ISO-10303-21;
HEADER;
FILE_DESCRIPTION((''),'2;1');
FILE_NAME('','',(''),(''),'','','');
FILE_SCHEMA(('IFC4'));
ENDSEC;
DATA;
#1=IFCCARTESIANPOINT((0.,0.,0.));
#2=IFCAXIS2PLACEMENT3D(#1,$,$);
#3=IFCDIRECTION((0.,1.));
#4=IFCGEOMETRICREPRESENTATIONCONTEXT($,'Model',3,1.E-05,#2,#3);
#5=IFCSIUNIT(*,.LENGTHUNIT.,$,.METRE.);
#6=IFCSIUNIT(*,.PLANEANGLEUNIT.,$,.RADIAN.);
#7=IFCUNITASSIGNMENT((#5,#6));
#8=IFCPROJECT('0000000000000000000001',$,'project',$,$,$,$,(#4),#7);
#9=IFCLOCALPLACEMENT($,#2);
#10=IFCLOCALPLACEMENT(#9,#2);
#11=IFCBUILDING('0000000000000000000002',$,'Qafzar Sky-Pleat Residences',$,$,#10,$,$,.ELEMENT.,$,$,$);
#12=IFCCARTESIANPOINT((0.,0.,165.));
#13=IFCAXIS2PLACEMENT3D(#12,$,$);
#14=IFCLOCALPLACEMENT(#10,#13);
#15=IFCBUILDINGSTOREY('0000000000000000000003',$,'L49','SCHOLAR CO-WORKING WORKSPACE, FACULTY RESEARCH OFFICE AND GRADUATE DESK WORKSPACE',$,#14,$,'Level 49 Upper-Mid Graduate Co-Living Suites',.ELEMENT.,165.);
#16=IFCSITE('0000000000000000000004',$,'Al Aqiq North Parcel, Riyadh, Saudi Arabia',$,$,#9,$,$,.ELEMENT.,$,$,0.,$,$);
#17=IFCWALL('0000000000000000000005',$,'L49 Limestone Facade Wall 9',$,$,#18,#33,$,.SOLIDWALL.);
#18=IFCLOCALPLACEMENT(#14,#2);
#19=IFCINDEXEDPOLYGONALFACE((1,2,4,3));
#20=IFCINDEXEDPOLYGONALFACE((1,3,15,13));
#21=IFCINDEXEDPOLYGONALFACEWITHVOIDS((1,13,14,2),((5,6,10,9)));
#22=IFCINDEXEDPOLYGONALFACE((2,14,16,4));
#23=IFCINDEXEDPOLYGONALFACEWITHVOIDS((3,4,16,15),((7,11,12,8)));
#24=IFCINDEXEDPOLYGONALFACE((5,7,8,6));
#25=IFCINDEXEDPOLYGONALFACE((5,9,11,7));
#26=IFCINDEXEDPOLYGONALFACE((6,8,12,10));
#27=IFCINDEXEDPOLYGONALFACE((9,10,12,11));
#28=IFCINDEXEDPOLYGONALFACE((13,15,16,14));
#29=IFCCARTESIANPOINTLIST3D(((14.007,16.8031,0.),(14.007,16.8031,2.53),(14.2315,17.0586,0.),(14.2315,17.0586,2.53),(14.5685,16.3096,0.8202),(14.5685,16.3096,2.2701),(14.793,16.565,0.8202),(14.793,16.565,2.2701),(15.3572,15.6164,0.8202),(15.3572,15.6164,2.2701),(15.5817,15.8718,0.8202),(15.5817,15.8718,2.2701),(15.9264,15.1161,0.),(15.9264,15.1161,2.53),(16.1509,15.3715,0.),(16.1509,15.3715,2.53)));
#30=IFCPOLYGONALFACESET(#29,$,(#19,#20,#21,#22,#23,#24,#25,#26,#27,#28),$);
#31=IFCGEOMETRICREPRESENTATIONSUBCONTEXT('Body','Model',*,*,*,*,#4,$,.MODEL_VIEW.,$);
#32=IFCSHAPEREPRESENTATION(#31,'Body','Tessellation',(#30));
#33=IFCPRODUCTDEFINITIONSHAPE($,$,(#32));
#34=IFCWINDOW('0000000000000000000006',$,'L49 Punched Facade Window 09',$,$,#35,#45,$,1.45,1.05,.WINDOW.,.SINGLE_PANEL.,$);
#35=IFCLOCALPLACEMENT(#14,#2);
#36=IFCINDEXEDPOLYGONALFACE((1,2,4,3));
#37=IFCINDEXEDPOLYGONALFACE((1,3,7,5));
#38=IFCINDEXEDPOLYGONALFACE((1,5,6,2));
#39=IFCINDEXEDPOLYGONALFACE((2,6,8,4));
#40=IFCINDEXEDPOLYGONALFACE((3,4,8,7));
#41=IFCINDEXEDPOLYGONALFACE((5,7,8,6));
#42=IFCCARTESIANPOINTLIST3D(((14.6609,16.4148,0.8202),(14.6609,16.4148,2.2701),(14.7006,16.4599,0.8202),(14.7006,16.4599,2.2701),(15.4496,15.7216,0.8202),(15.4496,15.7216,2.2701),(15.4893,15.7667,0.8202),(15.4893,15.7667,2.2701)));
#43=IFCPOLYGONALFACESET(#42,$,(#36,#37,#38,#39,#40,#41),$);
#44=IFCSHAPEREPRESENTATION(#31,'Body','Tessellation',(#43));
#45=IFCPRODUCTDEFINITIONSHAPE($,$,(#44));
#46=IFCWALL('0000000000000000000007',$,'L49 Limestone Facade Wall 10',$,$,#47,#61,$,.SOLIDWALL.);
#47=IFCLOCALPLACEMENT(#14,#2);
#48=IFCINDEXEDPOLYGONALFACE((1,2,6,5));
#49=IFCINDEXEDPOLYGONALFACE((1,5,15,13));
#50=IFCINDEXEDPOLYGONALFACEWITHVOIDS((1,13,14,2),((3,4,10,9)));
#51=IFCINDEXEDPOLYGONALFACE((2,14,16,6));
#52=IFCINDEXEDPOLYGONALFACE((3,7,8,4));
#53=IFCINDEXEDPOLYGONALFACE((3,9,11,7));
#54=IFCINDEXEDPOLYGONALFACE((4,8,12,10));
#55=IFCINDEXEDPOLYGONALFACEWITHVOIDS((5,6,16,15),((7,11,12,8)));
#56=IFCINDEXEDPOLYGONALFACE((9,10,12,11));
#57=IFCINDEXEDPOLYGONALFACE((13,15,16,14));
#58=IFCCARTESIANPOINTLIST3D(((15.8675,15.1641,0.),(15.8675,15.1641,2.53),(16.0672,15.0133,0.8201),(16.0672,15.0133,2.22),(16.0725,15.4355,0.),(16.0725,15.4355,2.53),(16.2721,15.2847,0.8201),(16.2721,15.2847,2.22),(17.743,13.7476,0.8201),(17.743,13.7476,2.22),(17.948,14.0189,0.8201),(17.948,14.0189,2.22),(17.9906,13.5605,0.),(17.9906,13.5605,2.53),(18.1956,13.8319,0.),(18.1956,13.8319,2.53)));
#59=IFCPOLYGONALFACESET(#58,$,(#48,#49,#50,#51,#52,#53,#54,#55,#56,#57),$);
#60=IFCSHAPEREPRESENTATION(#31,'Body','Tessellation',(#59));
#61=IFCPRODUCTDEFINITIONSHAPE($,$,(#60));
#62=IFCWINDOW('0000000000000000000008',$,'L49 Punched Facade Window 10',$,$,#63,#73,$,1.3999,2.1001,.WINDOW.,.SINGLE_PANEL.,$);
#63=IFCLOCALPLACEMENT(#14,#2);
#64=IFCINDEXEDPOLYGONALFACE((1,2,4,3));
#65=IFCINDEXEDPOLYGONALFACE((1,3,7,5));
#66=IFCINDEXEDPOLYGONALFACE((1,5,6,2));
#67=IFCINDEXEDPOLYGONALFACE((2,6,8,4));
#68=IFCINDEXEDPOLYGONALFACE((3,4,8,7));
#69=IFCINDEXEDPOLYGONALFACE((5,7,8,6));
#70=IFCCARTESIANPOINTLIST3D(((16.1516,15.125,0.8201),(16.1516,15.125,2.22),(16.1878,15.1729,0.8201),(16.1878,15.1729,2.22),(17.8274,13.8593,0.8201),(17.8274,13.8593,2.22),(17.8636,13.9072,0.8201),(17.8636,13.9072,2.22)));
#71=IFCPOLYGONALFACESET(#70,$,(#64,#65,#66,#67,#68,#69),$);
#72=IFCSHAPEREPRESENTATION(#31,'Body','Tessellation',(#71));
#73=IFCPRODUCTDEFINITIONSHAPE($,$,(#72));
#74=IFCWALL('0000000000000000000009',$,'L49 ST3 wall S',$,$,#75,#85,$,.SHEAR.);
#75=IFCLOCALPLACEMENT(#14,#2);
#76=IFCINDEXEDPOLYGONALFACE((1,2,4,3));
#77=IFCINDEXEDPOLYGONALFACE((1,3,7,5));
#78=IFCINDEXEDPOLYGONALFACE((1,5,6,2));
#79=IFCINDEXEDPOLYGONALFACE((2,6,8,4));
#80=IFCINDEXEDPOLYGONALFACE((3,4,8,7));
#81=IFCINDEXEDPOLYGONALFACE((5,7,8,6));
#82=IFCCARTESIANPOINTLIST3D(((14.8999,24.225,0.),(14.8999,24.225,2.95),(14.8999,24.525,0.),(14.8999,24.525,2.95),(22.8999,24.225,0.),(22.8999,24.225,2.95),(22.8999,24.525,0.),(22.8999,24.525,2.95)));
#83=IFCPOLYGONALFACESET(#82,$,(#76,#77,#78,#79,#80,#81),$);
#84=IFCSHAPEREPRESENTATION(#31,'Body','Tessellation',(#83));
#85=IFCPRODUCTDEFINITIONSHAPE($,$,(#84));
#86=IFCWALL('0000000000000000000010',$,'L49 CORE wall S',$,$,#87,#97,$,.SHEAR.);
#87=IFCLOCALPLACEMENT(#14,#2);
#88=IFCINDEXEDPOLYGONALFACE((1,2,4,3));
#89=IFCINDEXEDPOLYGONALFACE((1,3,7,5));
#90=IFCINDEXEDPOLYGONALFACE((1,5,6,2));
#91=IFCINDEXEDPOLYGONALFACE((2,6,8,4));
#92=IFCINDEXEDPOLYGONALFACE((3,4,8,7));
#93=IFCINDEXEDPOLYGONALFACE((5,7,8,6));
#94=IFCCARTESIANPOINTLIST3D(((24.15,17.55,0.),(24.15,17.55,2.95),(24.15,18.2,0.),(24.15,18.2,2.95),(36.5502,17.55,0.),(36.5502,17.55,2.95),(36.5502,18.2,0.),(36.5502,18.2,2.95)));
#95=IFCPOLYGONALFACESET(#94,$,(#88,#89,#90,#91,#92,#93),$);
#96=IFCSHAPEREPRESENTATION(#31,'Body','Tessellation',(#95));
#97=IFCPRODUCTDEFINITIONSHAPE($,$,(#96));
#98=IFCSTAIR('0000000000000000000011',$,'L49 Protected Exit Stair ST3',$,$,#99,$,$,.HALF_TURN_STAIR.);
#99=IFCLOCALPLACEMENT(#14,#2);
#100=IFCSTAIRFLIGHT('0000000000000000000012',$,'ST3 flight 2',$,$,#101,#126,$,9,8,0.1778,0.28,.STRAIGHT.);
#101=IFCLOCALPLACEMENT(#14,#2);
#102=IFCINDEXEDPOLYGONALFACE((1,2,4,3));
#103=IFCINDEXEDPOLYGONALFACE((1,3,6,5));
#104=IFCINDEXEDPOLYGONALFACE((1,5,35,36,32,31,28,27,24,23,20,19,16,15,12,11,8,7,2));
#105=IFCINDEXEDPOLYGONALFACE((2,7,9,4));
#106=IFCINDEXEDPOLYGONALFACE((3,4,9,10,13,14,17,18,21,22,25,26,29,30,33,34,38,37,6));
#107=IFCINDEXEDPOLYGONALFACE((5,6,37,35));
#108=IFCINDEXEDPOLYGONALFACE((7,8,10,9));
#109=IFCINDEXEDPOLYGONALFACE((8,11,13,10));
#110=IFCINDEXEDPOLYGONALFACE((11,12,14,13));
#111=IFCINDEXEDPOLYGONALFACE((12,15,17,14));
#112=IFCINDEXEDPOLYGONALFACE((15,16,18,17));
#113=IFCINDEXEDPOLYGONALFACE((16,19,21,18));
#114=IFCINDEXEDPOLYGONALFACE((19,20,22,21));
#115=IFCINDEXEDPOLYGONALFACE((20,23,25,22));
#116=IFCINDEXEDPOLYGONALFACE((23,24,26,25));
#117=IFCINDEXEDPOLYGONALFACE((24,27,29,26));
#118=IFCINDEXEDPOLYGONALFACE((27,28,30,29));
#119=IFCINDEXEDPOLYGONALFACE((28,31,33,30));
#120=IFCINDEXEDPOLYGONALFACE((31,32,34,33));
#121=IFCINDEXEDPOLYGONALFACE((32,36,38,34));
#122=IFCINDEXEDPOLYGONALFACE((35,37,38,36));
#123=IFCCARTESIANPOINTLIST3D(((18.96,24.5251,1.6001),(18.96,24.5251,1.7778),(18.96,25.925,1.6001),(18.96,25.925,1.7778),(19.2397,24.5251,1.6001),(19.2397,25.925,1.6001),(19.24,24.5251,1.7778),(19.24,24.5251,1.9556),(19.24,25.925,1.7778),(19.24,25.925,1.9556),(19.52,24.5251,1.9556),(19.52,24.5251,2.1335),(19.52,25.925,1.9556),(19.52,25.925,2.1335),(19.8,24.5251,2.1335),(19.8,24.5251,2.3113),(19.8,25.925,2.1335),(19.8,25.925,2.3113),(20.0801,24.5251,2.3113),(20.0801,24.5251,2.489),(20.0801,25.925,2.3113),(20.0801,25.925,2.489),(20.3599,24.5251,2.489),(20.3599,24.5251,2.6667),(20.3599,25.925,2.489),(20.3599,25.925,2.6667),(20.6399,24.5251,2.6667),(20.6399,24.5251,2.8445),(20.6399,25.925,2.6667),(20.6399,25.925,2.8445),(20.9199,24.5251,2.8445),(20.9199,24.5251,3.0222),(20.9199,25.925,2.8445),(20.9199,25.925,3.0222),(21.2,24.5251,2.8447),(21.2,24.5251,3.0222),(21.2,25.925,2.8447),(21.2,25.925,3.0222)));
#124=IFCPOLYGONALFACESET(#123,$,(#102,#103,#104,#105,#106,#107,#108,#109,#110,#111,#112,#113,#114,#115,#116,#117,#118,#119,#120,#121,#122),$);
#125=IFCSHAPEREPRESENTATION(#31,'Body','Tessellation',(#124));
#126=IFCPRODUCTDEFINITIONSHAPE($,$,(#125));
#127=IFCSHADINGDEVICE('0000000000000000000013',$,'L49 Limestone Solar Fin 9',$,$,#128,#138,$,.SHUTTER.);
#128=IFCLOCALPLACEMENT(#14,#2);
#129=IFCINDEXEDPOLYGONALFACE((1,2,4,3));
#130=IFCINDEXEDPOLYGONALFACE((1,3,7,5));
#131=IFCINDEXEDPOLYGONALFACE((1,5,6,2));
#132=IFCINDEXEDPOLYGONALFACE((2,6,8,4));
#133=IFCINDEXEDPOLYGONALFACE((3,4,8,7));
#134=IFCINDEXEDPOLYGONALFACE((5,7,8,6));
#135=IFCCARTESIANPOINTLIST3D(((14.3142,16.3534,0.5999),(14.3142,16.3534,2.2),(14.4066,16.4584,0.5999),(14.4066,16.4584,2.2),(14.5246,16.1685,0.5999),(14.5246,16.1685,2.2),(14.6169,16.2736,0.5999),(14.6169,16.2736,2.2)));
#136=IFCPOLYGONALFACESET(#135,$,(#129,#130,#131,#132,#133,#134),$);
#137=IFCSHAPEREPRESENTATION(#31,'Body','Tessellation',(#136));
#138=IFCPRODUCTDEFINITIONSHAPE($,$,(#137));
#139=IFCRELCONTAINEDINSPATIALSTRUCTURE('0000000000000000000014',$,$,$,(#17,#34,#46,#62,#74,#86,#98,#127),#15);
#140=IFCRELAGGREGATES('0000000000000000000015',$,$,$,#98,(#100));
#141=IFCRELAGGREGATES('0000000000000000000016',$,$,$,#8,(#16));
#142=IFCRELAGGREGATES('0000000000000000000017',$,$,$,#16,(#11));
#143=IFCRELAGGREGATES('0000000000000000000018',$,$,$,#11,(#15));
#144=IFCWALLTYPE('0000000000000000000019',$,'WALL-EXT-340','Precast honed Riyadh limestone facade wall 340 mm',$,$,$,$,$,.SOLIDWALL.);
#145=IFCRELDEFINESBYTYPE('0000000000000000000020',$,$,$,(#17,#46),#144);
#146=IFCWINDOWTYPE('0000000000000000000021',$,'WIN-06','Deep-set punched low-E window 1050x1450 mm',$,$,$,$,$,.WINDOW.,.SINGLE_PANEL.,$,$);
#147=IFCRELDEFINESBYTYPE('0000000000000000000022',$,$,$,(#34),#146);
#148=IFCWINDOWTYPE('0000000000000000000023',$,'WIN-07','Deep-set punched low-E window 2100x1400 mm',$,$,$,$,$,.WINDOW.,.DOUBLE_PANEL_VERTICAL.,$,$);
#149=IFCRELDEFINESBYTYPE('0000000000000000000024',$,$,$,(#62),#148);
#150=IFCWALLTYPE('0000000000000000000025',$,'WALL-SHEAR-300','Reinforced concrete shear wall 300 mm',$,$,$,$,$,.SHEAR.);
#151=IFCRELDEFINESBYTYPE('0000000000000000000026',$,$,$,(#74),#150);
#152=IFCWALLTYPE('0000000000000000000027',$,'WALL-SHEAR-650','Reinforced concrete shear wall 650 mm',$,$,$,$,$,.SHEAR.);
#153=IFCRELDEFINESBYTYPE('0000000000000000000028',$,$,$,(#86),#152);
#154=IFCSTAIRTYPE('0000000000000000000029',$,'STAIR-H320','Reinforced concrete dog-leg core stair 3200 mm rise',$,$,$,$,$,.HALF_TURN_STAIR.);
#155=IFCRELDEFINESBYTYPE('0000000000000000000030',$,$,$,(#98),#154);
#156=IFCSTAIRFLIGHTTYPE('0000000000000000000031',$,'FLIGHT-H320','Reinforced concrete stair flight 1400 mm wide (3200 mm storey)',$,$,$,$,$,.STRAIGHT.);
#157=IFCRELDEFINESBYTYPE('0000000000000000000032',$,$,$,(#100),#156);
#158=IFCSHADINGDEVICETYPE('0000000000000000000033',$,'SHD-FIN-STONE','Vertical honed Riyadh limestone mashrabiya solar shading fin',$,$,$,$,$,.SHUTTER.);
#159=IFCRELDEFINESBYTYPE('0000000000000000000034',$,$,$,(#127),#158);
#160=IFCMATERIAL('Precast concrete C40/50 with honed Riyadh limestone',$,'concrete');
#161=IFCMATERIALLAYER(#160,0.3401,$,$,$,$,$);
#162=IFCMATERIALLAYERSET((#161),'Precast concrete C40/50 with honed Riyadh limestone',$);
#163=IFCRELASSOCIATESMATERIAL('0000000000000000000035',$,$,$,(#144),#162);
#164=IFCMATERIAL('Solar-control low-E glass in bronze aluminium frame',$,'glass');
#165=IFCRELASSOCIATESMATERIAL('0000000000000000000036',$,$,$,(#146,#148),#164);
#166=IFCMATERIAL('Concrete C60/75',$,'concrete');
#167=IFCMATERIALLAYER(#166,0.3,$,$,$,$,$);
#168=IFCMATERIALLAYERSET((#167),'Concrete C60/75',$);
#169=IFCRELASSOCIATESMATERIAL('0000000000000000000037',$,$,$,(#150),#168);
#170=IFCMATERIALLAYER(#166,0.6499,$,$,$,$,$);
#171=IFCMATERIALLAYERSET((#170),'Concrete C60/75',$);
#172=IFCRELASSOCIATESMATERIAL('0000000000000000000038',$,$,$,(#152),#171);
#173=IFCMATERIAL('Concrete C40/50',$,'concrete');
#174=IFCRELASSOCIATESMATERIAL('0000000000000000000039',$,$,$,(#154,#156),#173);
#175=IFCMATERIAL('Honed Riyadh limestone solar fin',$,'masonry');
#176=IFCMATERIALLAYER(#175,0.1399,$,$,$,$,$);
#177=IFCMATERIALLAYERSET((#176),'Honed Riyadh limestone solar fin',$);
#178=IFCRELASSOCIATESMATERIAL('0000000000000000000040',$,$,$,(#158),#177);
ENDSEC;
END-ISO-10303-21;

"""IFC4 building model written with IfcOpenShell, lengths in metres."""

from ifc_helpers import new_model, si_unit, direction, frame, frame_2d, origin, origin_2d, place, context, subcontext, project, spatial, polyline, rectangle, outline, extrude, source, transform, mapped, material, layer, layer_set, type_object, element, fill, aggregate, save


model = new_model("IFC4")

# Units and contexts
model_context = context("Model", 3, precision=1e-05, world=origin(), true_north=direction((0.0, 1.0)))
body_context = subcontext(model_context, "Body", "Model", "MODEL_VIEW")
ifc_project = project(units=[si_unit("LENGTHUNIT", "METRE"), si_unit("PLANEANGLEUNIT", "RADIAN")], contexts=[model_context])

# Site, building, storey
site_placement = place(None, origin())
site = spatial("IfcSite", under=ifc_project, at=site_placement, Name="Al Aqiq North Parcel, Riyadh, Saudi Arabia", CompositionType="ELEMENT", RefElevation=0.0)
building_placement = place(site_placement, origin())
building = spatial("IfcBuilding", under=site, at=building_placement, Name="Qafzar Sky-Pleat Residences", CompositionType="ELEMENT")
storey_placement = place(building_placement, frame((0.0, 0.0, 165.0)))
storey = spatial("IfcBuildingStorey", under=building, at=storey_placement, Name="L49", Description="SCHOLAR CO-WORKING WORKSPACE, FACULTY RESEARCH OFFICE AND GRADUATE DESK WORKSPACE", LongName="Level 49 Upper-Mid Graduate Co-Living Suites", CompositionType="ELEMENT", Elevation=165.0)

# Walls, openings, windows
ifc_material_1 = material(Name="Precast concrete C40/50 with honed Riyadh limestone", Category="concrete")
ifc_layer_1 = layer(ifc_material_1, 0.3401)
ifc_layer_set_1 = layer_set([ifc_layer_1], Name="Precast concrete C40/50 with honed Riyadh limestone")
wall_type_1 = type_object("IfcWallType", Name="WALL-EXT-340", Description="Precast honed Riyadh limestone facade wall 340 mm", PredefinedType="SOLIDWALL", material=ifc_layer_set_1)
wall_1_placement = place(storey_placement, frame((14.1191, 16.9309, 0.0), z_axis=(0.0, 0.0, 1.0), x_axis=(0.751119, -0.660167, 0.0)))
wall_1 = element("IfcWall", 1, at=wall_1_placement, inside=storey, type_object=wall_type_1, Name="L49 Limestone Facade Wall 9", PredefinedType="SOLIDWALL", context=body_context, shape_type="SweptSolid", body=[
    extrude(rectangle(XDim=2.5554, YDim=0.3401, at=frame_2d((1.2778, 0.0))), origin(), (0.0, 0.0, 1.0), 2.53),
])
opening_1_placement = place(wall_1_placement, frame((0.7478, 0.0, 0.8201)))
opening_1 = element("IfcOpeningElement", 2, at=opening_1_placement, cuts=wall_1, PredefinedType="OPENING", context=body_context, shape_type="SweptSolid", body=[
    extrude(rectangle(XDim=1.05, YDim=1.45, at=frame_2d((0.5249, 0.7251))), frame((0.0, 0.1802, 0.0), z_axis=(0.0, -1.0, 0.0), x_axis=(1.0, 0.0, 0.0)), (0.0, 0.0, 1.0), 0.3601),
])
ifc_material_2 = material(Name="Solar-control low-E glass in bronze aluminium frame", Category="glass")
window_type_1 = type_object("IfcWindowType", Name="WIN-06", Description="Deep-set punched low-E window 1050x1450 mm", PartitioningType="SINGLE_PANEL", PredefinedType="WINDOW", material=ifc_material_2)
shared_shape_1 = source(origin(), body_context, "Body", "SweptSolid", [
    extrude(rectangle(XDim=1.05, YDim=1.45, at=frame_2d((0.5249, 0.7251))), frame((0.0, 0.03, 0.0), z_axis=(0.0, -1.0, 0.0), x_axis=(1.0, 0.0, 0.0)), (0.0, 0.0, 1.0), 0.0601),
])
window_1_placement = place(opening_1_placement, origin())
window_1 = element("IfcWindow", 3, at=window_1_placement, inside=storey, type_object=window_type_1, Name="L49 Punched Facade Window 09", OverallHeight=1.45, OverallWidth=1.05, PartitioningType="SINGLE_PANEL", PredefinedType="WINDOW", context=body_context, shape_type="MappedRepresentation", body=[
    mapped(shared_shape_1, transform((0.0, 0.0, 0.0), x_axis=(1.0, 0.0, 0.0), y_axis=(0.0, 1.0, 0.0), z_axis=(0.0, 0.0, 1.0), scale=1.0)),
])
fill(opening_1, window_1)
wall_2_placement = place(storey_placement, frame((15.97, 15.2998, 0.0), z_axis=(0.0, 0.0, 1.0), x_axis=(0.797969, -0.602698, 0.0)))
wall_2 = element("IfcWall", 4, at=wall_2_placement, inside=storey, type_object=wall_type_1, Name="L49 Limestone Facade Wall 10", PredefinedType="SOLIDWALL", context=body_context, shape_type="SweptSolid", body=[
    extrude(rectangle(XDim=2.6606, YDim=0.3401, at=frame_2d((1.3303, 0.0))), origin(), (0.0, 0.0, 1.0), 2.53),
])
opening_2_placement = place(wall_2_placement, frame((0.2502, 0.0, 0.8201)))
opening_2 = element("IfcOpeningElement", 5, at=opening_2_placement, cuts=wall_2, PredefinedType="OPENING", context=body_context, shape_type="SweptSolid", body=[
    extrude(rectangle(XDim=2.1001, YDim=1.3999, at=frame_2d((1.05, 0.7))), frame((0.0, 0.1802, 0.0), z_axis=(0.0, -1.0, 0.0), x_axis=(1.0, 0.0, 0.0)), (0.0, 0.0, 1.0), 0.3601),
])
window_type_2 = type_object("IfcWindowType", Name="WIN-07", Description="Deep-set punched low-E window 2100x1400 mm", PartitioningType="DOUBLE_PANEL_VERTICAL", PredefinedType="WINDOW", material=ifc_material_2)
shared_shape_2 = source(origin(), body_context, "Body", "SweptSolid", [
    extrude(rectangle(XDim=2.1001, YDim=1.3999, at=frame_2d((1.05, 0.7))), frame((0.0, 0.03, 0.0), z_axis=(0.0, -1.0, 0.0), x_axis=(1.0, 0.0, 0.0)), (0.0, 0.0, 1.0), 0.0601),
])
window_2_placement = place(opening_2_placement, origin())
window_2 = element("IfcWindow", 6, at=window_2_placement, inside=storey, type_object=window_type_2, Name="L49 Punched Facade Window 10", OverallHeight=1.3999, OverallWidth=2.1001, PartitioningType="SINGLE_PANEL", PredefinedType="WINDOW", context=body_context, shape_type="MappedRepresentation", body=[
    mapped(shared_shape_2, transform((0.0, 0.0, 0.0), x_axis=(1.0, 0.0, 0.0), y_axis=(0.0, 1.0, 0.0), z_axis=(0.0, 0.0, 1.0), scale=1.0)),
])
fill(opening_2, window_2)

# Shared definitions
ifc_material_3 = material(Name="Concrete C60/75", Category="concrete")
ifc_layer_2 = layer(ifc_material_3, 0.3)
ifc_layer_set_2 = layer_set([ifc_layer_2], Name="Concrete C60/75")
wall_type_2 = type_object("IfcWallType", Name="WALL-SHEAR-300", Description="Reinforced concrete shear wall 300 mm", PredefinedType="SHEAR", material=ifc_layer_set_2)

# Wall
wall_3_placement = place(storey_placement, frame((14.8999, 24.375, 0.0), z_axis=(0.0, 0.0, 1.0), x_axis=(1.0, 0.0, 0.0)))
element("IfcWall", 7, at=wall_3_placement, inside=storey, type_object=wall_type_2, Name="L49 ST3 wall S", PredefinedType="SHEAR", context=body_context, shape_type="SweptSolid", body=[
    extrude(rectangle(XDim=8.0, YDim=0.3, at=frame_2d((4.0, 0.0))), origin(), (0.0, 0.0, 1.0), 2.95),
])

# Wall
ifc_layer_3 = layer(ifc_material_3, 0.6499)
ifc_layer_set_3 = layer_set([ifc_layer_3], Name="Concrete C60/75")
wall_type_3 = type_object("IfcWallType", Name="WALL-SHEAR-650", Description="Reinforced concrete shear wall 650 mm", PredefinedType="SHEAR", material=ifc_layer_set_3)
wall_4_placement = place(storey_placement, frame((24.1499, 17.875, 0.0), z_axis=(0.0, 0.0, 1.0), x_axis=(1.0, 0.0, 0.0)))
element("IfcWall", 8, at=wall_4_placement, inside=storey, type_object=wall_type_3, Name="L49 CORE wall S", PredefinedType="SHEAR", context=body_context, shape_type="SweptSolid", body=[
    extrude(rectangle(XDim=12.4001, YDim=0.6499, at=frame_2d((6.2002, 0.0))), origin(), (0.0, 0.0, 1.0), 2.95),
])

# Stair, stair flight
ifc_material_4 = material(Name="Concrete C40/50", Category="concrete")
stair_type = type_object("IfcStairType", Name="STAIR-H320", Description="Reinforced concrete dog-leg core stair 3200 mm rise", PredefinedType="HALF_TURN_STAIR", material=ifc_material_4)
stair_placement = place(storey_placement, origin())
stair = element("IfcStair", 9, at=stair_placement, inside=storey, type_object=stair_type, Name="L49 Protected Exit Stair ST3", PredefinedType="HALF_TURN_STAIR")
stair_flight_type = type_object("IfcStairFlightType", Name="FLIGHT-H320", Description="Reinforced concrete stair flight 1400 mm wide (3200 mm storey)", PredefinedType="STRAIGHT", material=ifc_material_4)
shared_shape_3 = source(origin(), body_context, "Body", "SweptSolid", [
    extrude(outline(polyline([(0.0, 0.0), (0.0, 0.1777), (0.28, 0.1777), (0.28, 0.3555), (0.5601, 0.3555), (0.5601, 0.5334), (0.8401, 0.5334), (0.8401, 0.7112), (1.1201, 0.7112), (1.1201, 0.8889), (1.3999, 0.8889), (1.3999, 1.0667), (1.6799, 1.0667), (1.6799, 1.2444), (1.96, 1.2444), (1.96, 1.4221), (2.24, 1.4221), (2.24, 1.6001), (2.24, 1.2446), (0.2798, 0.0), (0.0, 0.0)])), frame((0.0, 0.7, 0.0), z_axis=(0.0, -1.0, 0.0), x_axis=(1.0, 0.0, 0.0)), (0.0, 0.0, 1.0), 1.3999),
])
stair_flight_placement = place(storey_placement, frame((18.96, 25.2251, 1.6001), z_axis=(0.0, 0.0, 1.0), x_axis=(1.0, 0.0, 0.0)))
stair_flight = element("IfcStairFlight", 10, at=stair_flight_placement, type_object=stair_flight_type, Name="ST3 flight 2", NumberOfRisers=9, NumberOfTreads=8, PredefinedType="STRAIGHT", RiserHeight=0.1778, TreadLength=0.28, context=body_context, shape_type="MappedRepresentation", body=[
    mapped(shared_shape_3, transform((0.0, 0.0, 0.0), x_axis=(1.0, 0.0, 0.0), y_axis=(0.0, 1.0, 0.0), z_axis=(0.0, 0.0, 1.0), scale=1.0)),
])
aggregate(stair, [stair_flight])

# Shading device
ifc_material_5 = material(Name="Honed Riyadh limestone solar fin", Category="masonry")
ifc_layer_4 = layer(ifc_material_5, 0.1399)
ifc_layer_set_4 = layer_set([ifc_layer_4], Name="Honed Riyadh limestone solar fin")
shading_device_type = type_object("IfcShadingDeviceType", Name="SHD-FIN-STONE", Description="Vertical honed Riyadh limestone mashrabiya solar shading fin", PredefinedType="SHUTTER", material=ifc_layer_set_4)
shared_shape_4 = source(origin(), body_context, "Body", "SweptSolid", [
    extrude(rectangle(XDim=0.1399, YDim=0.28, at=origin_2d()), origin(), (0.0, 0.0, 1.0), 1.6001),
])
shading_device_placement = place(storey_placement, frame((14.4656, 16.3135, 0.5999), z_axis=(0.0, 0.0, 1.0), x_axis=(-0.660161, -0.751124, 0.0)))
element("IfcShadingDevice", 11, at=shading_device_placement, inside=storey, type_object=shading_device_type, Name="L49 Limestone Solar Fin 9", PredefinedType="SHUTTER", context=body_context, shape_type="MappedRepresentation", body=[
    mapped(shared_shape_4, transform((0.0, 0.0, 0.0), x_axis=(1.0, 0.0, 0.0), y_axis=(0.0, 1.0, 0.0), z_axis=(0.0, 0.0, 1.0), scale=1.0)),
])

save(model, "model.ifc")
